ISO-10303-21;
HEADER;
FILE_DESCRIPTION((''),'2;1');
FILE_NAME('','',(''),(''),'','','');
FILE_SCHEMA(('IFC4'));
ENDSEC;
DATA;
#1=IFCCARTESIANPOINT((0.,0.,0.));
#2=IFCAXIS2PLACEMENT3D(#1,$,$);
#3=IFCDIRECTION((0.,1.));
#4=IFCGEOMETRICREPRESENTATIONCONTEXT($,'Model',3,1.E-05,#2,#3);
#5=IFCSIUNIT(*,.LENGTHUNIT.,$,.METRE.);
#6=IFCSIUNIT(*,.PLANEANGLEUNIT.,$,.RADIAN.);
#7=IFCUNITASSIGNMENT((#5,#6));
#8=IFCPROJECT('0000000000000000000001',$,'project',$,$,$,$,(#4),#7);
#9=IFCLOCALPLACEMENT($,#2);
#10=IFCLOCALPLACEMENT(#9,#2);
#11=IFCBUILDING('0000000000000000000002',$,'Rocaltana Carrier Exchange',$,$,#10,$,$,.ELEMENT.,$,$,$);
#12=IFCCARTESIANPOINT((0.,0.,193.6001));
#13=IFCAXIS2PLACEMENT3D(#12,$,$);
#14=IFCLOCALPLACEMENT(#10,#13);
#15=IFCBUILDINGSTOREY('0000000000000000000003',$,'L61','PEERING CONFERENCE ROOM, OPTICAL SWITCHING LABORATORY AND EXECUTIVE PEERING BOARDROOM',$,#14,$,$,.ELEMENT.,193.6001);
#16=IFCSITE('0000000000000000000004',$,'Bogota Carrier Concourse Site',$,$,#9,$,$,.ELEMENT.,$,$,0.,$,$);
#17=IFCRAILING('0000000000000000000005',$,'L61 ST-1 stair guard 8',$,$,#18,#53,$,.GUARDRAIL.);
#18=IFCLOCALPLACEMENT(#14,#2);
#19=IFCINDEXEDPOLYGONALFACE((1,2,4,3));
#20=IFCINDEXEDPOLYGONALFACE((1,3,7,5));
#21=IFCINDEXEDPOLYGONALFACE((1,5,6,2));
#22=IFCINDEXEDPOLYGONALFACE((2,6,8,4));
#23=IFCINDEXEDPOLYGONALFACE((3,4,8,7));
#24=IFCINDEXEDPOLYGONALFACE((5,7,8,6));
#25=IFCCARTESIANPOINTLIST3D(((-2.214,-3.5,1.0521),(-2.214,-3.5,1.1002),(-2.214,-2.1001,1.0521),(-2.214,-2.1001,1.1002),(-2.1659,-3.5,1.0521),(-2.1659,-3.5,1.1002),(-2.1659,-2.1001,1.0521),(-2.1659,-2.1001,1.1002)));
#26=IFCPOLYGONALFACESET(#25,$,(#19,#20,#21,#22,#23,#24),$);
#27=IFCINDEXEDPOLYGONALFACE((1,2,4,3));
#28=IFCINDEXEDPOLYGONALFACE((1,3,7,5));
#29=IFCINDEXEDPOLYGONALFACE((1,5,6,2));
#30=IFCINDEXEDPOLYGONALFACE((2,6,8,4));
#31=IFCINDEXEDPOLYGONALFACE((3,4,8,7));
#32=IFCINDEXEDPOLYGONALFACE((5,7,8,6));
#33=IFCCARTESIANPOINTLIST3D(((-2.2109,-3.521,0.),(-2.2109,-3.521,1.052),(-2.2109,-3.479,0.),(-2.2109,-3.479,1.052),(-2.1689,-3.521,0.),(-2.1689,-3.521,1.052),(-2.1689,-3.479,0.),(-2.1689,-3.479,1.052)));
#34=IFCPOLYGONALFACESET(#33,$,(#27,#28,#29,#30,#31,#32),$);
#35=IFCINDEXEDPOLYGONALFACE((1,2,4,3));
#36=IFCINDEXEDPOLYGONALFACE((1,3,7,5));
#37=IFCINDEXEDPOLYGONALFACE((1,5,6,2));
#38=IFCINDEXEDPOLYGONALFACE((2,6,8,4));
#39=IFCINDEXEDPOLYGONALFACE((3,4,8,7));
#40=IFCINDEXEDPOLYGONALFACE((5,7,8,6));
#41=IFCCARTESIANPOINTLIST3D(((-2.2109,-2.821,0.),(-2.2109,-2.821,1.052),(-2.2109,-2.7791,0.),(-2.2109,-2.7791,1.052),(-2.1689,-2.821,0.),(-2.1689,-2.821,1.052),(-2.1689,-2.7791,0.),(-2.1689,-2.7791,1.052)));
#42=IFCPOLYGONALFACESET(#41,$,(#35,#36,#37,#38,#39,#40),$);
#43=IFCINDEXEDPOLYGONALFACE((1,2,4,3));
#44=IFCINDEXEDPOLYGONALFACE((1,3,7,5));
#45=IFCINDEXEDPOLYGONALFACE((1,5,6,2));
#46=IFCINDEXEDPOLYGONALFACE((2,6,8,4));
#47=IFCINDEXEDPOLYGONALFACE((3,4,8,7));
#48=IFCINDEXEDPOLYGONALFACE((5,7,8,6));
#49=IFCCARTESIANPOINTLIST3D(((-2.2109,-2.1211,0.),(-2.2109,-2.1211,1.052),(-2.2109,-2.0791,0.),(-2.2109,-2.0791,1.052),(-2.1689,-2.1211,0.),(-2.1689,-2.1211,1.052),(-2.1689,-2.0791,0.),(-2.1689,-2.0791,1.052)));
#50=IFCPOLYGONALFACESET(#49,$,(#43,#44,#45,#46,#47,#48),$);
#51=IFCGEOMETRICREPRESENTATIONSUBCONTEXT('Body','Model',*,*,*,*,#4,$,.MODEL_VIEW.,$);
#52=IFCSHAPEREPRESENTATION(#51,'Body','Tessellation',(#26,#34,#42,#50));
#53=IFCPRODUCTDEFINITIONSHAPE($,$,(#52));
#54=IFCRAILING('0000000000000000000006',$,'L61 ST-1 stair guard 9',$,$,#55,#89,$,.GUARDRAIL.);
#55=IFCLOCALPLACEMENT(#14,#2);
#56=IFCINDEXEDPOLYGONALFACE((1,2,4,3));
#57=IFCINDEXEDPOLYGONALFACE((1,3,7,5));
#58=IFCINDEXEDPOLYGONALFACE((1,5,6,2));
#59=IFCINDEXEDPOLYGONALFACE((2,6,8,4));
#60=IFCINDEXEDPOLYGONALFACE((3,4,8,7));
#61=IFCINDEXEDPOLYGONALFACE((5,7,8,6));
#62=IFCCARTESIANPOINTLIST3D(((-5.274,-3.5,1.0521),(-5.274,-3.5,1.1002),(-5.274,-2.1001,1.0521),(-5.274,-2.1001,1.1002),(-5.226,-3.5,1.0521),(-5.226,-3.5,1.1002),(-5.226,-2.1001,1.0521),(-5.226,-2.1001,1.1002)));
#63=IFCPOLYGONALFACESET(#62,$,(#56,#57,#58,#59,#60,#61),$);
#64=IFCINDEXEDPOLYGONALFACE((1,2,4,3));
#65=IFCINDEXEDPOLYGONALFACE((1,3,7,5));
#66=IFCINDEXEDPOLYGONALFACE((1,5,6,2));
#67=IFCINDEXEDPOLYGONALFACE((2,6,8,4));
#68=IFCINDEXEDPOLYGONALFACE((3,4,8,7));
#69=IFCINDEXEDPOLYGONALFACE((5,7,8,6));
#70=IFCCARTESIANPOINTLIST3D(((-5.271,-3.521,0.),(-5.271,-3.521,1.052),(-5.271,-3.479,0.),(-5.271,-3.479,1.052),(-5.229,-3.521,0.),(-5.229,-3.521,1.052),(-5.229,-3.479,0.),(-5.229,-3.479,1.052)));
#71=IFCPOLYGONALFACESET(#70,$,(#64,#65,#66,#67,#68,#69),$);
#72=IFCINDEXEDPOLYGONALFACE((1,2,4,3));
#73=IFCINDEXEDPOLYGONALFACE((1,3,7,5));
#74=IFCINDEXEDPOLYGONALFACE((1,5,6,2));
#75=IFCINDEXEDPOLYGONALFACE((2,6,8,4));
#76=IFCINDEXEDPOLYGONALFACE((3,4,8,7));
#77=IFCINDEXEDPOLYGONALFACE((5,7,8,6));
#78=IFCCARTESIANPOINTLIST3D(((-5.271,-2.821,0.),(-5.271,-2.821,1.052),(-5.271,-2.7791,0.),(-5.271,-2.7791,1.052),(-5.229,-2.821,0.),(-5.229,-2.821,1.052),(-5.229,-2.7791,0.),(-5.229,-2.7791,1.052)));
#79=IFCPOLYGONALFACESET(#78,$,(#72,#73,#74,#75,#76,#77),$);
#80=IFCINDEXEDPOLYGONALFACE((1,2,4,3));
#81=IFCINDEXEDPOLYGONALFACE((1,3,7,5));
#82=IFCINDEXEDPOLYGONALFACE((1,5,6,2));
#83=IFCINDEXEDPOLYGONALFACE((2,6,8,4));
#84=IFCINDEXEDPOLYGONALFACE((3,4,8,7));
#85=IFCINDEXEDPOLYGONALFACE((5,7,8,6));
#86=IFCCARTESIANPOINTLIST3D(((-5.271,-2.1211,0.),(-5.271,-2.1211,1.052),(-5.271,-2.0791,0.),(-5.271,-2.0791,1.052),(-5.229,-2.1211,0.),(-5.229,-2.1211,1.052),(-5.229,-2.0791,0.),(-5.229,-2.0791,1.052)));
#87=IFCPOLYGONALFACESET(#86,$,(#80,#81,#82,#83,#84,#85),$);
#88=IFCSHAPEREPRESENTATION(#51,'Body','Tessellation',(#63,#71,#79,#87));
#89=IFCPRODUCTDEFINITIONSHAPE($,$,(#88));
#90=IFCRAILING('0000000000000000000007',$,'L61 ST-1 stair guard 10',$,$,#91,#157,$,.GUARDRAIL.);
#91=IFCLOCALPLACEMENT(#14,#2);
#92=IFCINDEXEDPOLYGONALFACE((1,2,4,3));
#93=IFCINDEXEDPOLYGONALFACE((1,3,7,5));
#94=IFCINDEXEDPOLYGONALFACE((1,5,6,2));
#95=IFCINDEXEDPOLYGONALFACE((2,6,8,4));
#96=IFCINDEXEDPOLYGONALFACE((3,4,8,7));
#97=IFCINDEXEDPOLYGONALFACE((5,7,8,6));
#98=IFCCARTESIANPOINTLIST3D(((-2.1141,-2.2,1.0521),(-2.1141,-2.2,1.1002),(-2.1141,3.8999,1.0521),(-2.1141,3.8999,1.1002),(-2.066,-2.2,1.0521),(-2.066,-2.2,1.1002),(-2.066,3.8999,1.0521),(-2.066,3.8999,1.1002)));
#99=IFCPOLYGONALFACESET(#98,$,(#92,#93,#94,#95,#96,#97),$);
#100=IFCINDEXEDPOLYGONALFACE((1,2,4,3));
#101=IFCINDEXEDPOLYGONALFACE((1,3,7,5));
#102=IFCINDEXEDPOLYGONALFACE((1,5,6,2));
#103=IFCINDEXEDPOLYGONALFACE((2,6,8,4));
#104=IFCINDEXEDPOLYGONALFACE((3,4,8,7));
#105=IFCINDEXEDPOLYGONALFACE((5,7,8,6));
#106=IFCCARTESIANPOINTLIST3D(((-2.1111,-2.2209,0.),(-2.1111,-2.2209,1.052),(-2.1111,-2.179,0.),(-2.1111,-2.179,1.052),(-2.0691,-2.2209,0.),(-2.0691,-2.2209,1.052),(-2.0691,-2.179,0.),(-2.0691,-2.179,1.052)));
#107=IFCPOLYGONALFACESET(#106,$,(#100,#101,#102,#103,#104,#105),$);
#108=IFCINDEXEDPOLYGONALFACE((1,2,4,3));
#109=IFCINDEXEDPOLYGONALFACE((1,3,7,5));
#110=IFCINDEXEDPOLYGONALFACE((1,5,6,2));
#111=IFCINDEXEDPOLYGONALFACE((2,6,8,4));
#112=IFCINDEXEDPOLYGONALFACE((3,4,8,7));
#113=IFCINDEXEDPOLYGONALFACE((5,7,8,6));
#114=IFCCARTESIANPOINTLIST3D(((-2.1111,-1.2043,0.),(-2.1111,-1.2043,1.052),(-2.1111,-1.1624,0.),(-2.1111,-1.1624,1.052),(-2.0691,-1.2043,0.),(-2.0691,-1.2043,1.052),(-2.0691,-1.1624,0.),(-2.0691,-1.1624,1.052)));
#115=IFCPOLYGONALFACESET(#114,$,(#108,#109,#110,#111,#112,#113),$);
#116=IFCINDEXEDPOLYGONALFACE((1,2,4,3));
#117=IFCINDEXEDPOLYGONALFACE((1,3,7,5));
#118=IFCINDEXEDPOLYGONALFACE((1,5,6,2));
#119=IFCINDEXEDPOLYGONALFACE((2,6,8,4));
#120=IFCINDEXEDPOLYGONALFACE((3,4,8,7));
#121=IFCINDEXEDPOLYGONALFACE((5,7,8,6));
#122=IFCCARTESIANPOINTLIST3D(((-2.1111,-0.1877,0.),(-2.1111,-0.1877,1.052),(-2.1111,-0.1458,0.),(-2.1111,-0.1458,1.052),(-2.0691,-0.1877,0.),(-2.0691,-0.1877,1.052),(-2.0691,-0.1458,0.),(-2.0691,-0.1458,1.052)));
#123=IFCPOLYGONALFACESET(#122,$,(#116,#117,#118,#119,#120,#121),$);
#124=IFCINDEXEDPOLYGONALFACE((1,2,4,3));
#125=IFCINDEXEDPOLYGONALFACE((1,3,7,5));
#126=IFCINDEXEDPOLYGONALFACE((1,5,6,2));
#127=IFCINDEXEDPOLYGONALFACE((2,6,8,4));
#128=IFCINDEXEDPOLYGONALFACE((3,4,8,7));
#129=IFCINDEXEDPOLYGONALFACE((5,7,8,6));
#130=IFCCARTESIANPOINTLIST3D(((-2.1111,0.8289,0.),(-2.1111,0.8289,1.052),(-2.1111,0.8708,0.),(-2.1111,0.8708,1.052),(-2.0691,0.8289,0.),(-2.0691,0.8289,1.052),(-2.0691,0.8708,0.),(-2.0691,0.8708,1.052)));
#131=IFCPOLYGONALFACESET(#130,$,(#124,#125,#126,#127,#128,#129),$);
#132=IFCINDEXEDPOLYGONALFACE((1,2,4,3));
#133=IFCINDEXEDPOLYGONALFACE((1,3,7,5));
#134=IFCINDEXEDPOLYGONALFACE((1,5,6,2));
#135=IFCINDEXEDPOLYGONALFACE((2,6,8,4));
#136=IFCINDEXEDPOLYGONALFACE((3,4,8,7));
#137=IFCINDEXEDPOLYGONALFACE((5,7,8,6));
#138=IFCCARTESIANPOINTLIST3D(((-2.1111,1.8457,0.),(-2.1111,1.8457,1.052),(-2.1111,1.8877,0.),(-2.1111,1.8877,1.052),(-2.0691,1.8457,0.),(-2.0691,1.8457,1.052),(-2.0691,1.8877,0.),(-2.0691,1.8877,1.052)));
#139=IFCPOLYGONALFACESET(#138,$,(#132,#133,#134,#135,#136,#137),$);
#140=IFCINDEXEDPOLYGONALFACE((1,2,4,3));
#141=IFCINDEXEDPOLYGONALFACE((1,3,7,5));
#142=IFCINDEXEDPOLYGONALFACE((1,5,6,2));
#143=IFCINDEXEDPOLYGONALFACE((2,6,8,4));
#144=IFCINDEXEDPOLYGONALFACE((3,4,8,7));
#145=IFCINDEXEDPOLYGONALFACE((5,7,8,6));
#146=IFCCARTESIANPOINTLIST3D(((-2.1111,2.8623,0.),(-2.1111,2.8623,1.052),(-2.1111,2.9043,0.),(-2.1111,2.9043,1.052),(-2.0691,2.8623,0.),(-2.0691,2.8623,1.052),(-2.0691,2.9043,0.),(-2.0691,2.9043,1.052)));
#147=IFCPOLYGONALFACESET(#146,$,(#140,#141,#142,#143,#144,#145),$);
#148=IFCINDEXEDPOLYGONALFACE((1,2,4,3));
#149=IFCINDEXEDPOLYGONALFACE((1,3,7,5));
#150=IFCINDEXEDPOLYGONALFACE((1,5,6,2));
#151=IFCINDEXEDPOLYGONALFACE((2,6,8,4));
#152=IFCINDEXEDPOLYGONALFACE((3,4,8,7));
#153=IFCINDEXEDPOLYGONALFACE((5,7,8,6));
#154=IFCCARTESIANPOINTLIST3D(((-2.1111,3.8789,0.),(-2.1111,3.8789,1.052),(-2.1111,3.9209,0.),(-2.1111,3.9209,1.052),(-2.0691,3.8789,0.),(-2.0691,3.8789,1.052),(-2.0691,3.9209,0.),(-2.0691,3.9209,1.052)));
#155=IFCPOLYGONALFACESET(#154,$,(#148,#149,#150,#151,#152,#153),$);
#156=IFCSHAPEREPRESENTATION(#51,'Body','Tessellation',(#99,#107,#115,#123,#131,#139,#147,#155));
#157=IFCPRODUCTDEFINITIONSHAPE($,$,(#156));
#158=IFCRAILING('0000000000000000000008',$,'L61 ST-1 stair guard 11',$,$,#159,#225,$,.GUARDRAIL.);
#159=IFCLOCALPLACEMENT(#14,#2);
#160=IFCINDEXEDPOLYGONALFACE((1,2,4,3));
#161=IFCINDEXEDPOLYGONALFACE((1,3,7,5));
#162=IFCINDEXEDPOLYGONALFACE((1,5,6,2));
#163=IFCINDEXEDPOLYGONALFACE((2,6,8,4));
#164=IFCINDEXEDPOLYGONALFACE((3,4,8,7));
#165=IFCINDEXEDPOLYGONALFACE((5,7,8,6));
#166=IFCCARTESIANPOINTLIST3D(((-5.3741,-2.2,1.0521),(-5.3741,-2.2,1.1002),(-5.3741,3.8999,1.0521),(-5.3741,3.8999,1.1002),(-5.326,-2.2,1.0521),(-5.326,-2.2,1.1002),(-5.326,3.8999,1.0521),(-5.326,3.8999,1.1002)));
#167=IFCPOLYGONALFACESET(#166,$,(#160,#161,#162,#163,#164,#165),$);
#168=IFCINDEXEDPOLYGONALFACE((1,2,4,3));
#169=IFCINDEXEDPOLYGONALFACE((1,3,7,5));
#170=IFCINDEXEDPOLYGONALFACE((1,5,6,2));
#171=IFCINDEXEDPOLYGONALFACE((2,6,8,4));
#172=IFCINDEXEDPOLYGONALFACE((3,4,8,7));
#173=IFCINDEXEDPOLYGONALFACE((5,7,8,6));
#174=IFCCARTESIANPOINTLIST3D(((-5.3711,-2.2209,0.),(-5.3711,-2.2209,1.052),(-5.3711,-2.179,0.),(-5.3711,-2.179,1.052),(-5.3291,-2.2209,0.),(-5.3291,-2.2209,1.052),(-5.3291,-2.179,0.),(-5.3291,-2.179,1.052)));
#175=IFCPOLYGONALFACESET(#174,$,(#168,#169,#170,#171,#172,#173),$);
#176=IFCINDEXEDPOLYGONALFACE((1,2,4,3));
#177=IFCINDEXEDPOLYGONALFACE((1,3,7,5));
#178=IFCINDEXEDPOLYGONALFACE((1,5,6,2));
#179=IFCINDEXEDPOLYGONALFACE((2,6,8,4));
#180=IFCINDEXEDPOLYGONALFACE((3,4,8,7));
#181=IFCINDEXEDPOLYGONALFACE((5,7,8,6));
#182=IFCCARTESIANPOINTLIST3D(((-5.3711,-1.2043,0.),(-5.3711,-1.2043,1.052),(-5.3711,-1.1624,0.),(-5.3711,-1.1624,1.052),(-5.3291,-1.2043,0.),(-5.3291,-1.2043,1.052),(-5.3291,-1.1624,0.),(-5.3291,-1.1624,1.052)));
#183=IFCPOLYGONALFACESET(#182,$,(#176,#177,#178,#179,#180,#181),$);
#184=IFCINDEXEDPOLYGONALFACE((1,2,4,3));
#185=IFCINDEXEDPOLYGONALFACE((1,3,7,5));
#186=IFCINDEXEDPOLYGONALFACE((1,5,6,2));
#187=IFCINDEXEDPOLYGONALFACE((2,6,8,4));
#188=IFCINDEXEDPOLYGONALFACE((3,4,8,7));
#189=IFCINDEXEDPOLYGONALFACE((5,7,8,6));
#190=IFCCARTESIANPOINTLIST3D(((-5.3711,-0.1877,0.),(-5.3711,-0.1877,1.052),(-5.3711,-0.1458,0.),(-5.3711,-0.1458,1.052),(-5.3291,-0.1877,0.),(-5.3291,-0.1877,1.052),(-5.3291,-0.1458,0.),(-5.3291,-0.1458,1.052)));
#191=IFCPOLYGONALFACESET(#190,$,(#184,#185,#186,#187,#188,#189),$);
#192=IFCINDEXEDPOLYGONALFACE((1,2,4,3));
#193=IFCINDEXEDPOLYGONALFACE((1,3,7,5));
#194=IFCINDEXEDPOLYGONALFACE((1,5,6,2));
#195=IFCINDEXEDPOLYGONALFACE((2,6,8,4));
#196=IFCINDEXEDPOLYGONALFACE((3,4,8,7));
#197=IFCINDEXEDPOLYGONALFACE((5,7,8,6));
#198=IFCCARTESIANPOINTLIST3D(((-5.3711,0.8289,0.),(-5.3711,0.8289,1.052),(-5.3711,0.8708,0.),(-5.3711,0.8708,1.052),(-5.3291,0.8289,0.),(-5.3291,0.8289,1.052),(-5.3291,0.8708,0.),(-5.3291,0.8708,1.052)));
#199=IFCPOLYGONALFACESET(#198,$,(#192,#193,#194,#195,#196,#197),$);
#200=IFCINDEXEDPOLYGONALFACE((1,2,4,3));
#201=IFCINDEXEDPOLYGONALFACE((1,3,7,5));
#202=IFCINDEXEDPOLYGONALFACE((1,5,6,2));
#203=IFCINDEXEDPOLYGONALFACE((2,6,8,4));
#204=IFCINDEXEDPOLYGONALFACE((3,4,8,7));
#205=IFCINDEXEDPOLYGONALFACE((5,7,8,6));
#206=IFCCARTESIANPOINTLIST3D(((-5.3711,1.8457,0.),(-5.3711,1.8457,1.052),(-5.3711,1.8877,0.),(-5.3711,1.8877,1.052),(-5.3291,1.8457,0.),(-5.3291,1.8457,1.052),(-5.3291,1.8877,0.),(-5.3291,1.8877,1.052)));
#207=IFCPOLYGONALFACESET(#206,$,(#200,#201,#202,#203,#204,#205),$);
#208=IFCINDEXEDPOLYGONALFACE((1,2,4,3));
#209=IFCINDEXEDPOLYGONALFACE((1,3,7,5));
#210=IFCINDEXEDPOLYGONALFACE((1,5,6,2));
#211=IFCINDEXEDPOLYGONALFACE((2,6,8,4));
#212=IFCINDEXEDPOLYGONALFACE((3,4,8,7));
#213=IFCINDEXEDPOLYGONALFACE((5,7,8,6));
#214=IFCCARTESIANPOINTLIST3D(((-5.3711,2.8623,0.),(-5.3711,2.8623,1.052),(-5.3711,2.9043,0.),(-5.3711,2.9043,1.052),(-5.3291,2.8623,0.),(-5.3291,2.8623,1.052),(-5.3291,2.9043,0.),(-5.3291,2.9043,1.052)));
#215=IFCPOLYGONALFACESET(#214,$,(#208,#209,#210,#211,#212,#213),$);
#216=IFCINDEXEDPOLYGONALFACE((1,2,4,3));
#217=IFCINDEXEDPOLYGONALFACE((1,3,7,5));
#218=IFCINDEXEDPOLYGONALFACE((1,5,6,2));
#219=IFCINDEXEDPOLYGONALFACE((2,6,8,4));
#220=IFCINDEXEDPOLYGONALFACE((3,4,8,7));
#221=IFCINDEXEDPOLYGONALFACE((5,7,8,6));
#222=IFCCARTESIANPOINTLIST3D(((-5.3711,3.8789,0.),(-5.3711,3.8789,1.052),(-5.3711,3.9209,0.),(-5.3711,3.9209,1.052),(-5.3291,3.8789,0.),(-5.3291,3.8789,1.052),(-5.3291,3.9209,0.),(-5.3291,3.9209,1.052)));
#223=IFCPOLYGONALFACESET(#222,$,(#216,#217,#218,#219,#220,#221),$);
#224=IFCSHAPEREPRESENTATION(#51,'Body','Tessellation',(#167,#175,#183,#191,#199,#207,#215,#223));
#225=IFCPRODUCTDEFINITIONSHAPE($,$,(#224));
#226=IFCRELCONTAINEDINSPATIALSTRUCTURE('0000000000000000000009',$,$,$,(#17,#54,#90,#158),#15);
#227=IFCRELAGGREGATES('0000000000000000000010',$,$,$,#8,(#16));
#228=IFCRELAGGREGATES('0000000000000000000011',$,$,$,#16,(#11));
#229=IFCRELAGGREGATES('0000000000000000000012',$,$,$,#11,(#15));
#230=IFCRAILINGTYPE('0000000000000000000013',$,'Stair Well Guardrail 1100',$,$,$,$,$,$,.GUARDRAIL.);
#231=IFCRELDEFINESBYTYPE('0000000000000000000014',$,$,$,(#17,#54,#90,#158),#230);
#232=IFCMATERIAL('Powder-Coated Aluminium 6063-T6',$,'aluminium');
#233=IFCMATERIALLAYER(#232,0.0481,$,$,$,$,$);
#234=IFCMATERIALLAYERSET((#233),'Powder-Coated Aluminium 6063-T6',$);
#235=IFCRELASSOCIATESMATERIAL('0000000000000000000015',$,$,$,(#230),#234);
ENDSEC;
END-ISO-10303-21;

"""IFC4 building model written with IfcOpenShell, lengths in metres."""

from ifc_helpers import new_model, si_unit, direction, frame, origin, origin_2d, place, context, subcontext, project, spatial, rectangle, extrude, material, layer, layer_set, type_object, element, save


model = new_model("IFC4")

# Units and contexts
model_context = context("Model", 3, precision=1e-05, world=origin(), true_north=direction((0.0, 1.0)))
body_context = subcontext(model_context, "Body", "Model", "MODEL_VIEW")
ifc_project = project(units=[si_unit("LENGTHUNIT", "METRE"), si_unit("PLANEANGLEUNIT", "RADIAN")], contexts=[model_context])

# Site, building, storey
site_placement = place(None, origin())
site = spatial("IfcSite", under=ifc_project, at=site_placement, Name="Bogota Carrier Concourse Site", CompositionType="ELEMENT", RefElevation=0.0)
building_placement = place(site_placement, origin())
building = spatial("IfcBuilding", under=site, at=building_placement, Name="Rocaltana Carrier Exchange", CompositionType="ELEMENT")
storey_placement = place(building_placement, frame((0.0, 0.0, 193.6001)))
storey = spatial("IfcBuildingStorey", under=building, at=storey_placement, Name="L61", Description="PEERING CONFERENCE ROOM, OPTICAL SWITCHING LABORATORY AND EXECUTIVE PEERING BOARDROOM", CompositionType="ELEMENT", Elevation=193.6001)

# Railings
ifc_material_1 = material(Name="Powder-Coated Aluminium 6063-T6", Category="aluminium")
ifc_layer_1 = layer(ifc_material_1, 0.0481)
ifc_layer_set_1 = layer_set([ifc_layer_1], Name="Powder-Coated Aluminium 6063-T6")
railing_type_1 = type_object("IfcRailingType", Name="Stair Well Guardrail 1100", PredefinedType="GUARDRAIL", material=ifc_layer_set_1)
for number, where, name in (
    (1, (-2.1899, -3.5, 0.0), "L61 ST-1 stair guard 8"),
    (2, (-5.25, -3.5, 0.0), "L61 ST-1 stair guard 9"),
):
    element("IfcRailing", number, at=place(storey_placement, frame(where)), inside=storey, type_object=railing_type_1, Name=name, PredefinedType="GUARDRAIL", context=body_context, shape_type="SweptSolid", body=[
        extrude(rectangle(XDim=0.0481, YDim=0.0481, at=origin_2d()), frame((0.0, 0.0, 1.0762), z_axis=(0.0, 1.0, 0.0), x_axis=(-1.0, 0.0, 0.0)), (0.0, 0.0, 1.0), 1.3999),
        extrude(rectangle(XDim=0.042, YDim=0.042, at=origin_2d()), origin(), (0.0, 0.0, 1.0), 1.052),
        extrude(rectangle(XDim=0.042, YDim=0.042, at=origin_2d()), frame((0.0, 0.7, 0.0)), (0.0, 0.0, 1.0), 1.052),
        extrude(rectangle(XDim=0.042, YDim=0.042, at=origin_2d()), frame((0.0, 1.3999, 0.0)), (0.0, 0.0, 1.0), 1.052),
    ])
for number, where, name in (
    (3, (-2.0901, -2.2, 0.0), "L61 ST-1 stair guard 10"),
    (4, (-5.3501, -2.2, 0.0), "L61 ST-1 stair guard 11"),
):
    element("IfcRailing", number, at=place(storey_placement, frame(where)), inside=storey, type_object=railing_type_1, Name=name, PredefinedType="GUARDRAIL", context=body_context, shape_type="SweptSolid", body=[
        extrude(rectangle(XDim=0.0481, YDim=0.0481, at=origin_2d()), frame((0.0, 0.0, 1.0762), z_axis=(0.0, 1.0, 0.0), x_axis=(-1.0, 0.0, 0.0)), (0.0, 0.0, 1.0), 6.0999),
        extrude(rectangle(XDim=0.042, YDim=0.042, at=origin_2d()), origin(), (0.0, 0.0, 1.0), 1.052),
        extrude(rectangle(XDim=0.042, YDim=0.042, at=origin_2d()), frame((0.0, 1.0166, 0.0)), (0.0, 0.0, 1.0), 1.052),
        extrude(rectangle(XDim=0.042, YDim=0.042, at=origin_2d()), frame((0.0, 2.0332, 0.0)), (0.0, 0.0, 1.0), 1.052),
        extrude(rectangle(XDim=0.042, YDim=0.042, at=origin_2d()), frame((0.0, 3.0498, 0.0)), (0.0, 0.0, 1.0), 1.052),
        extrude(rectangle(XDim=0.042, YDim=0.042, at=origin_2d()), frame((0.0, 4.0667, 0.0)), (0.0, 0.0, 1.0), 1.052),
        extrude(rectangle(XDim=0.042, YDim=0.042, at=origin_2d()), frame((0.0, 5.0833, 0.0)), (0.0, 0.0, 1.0), 1.052),
        extrude(rectangle(XDim=0.042, YDim=0.042, at=origin_2d()), frame((0.0, 6.0999, 0.0)), (0.0, 0.0, 1.0), 1.052),
    ])

save(model, "model.ifc")
